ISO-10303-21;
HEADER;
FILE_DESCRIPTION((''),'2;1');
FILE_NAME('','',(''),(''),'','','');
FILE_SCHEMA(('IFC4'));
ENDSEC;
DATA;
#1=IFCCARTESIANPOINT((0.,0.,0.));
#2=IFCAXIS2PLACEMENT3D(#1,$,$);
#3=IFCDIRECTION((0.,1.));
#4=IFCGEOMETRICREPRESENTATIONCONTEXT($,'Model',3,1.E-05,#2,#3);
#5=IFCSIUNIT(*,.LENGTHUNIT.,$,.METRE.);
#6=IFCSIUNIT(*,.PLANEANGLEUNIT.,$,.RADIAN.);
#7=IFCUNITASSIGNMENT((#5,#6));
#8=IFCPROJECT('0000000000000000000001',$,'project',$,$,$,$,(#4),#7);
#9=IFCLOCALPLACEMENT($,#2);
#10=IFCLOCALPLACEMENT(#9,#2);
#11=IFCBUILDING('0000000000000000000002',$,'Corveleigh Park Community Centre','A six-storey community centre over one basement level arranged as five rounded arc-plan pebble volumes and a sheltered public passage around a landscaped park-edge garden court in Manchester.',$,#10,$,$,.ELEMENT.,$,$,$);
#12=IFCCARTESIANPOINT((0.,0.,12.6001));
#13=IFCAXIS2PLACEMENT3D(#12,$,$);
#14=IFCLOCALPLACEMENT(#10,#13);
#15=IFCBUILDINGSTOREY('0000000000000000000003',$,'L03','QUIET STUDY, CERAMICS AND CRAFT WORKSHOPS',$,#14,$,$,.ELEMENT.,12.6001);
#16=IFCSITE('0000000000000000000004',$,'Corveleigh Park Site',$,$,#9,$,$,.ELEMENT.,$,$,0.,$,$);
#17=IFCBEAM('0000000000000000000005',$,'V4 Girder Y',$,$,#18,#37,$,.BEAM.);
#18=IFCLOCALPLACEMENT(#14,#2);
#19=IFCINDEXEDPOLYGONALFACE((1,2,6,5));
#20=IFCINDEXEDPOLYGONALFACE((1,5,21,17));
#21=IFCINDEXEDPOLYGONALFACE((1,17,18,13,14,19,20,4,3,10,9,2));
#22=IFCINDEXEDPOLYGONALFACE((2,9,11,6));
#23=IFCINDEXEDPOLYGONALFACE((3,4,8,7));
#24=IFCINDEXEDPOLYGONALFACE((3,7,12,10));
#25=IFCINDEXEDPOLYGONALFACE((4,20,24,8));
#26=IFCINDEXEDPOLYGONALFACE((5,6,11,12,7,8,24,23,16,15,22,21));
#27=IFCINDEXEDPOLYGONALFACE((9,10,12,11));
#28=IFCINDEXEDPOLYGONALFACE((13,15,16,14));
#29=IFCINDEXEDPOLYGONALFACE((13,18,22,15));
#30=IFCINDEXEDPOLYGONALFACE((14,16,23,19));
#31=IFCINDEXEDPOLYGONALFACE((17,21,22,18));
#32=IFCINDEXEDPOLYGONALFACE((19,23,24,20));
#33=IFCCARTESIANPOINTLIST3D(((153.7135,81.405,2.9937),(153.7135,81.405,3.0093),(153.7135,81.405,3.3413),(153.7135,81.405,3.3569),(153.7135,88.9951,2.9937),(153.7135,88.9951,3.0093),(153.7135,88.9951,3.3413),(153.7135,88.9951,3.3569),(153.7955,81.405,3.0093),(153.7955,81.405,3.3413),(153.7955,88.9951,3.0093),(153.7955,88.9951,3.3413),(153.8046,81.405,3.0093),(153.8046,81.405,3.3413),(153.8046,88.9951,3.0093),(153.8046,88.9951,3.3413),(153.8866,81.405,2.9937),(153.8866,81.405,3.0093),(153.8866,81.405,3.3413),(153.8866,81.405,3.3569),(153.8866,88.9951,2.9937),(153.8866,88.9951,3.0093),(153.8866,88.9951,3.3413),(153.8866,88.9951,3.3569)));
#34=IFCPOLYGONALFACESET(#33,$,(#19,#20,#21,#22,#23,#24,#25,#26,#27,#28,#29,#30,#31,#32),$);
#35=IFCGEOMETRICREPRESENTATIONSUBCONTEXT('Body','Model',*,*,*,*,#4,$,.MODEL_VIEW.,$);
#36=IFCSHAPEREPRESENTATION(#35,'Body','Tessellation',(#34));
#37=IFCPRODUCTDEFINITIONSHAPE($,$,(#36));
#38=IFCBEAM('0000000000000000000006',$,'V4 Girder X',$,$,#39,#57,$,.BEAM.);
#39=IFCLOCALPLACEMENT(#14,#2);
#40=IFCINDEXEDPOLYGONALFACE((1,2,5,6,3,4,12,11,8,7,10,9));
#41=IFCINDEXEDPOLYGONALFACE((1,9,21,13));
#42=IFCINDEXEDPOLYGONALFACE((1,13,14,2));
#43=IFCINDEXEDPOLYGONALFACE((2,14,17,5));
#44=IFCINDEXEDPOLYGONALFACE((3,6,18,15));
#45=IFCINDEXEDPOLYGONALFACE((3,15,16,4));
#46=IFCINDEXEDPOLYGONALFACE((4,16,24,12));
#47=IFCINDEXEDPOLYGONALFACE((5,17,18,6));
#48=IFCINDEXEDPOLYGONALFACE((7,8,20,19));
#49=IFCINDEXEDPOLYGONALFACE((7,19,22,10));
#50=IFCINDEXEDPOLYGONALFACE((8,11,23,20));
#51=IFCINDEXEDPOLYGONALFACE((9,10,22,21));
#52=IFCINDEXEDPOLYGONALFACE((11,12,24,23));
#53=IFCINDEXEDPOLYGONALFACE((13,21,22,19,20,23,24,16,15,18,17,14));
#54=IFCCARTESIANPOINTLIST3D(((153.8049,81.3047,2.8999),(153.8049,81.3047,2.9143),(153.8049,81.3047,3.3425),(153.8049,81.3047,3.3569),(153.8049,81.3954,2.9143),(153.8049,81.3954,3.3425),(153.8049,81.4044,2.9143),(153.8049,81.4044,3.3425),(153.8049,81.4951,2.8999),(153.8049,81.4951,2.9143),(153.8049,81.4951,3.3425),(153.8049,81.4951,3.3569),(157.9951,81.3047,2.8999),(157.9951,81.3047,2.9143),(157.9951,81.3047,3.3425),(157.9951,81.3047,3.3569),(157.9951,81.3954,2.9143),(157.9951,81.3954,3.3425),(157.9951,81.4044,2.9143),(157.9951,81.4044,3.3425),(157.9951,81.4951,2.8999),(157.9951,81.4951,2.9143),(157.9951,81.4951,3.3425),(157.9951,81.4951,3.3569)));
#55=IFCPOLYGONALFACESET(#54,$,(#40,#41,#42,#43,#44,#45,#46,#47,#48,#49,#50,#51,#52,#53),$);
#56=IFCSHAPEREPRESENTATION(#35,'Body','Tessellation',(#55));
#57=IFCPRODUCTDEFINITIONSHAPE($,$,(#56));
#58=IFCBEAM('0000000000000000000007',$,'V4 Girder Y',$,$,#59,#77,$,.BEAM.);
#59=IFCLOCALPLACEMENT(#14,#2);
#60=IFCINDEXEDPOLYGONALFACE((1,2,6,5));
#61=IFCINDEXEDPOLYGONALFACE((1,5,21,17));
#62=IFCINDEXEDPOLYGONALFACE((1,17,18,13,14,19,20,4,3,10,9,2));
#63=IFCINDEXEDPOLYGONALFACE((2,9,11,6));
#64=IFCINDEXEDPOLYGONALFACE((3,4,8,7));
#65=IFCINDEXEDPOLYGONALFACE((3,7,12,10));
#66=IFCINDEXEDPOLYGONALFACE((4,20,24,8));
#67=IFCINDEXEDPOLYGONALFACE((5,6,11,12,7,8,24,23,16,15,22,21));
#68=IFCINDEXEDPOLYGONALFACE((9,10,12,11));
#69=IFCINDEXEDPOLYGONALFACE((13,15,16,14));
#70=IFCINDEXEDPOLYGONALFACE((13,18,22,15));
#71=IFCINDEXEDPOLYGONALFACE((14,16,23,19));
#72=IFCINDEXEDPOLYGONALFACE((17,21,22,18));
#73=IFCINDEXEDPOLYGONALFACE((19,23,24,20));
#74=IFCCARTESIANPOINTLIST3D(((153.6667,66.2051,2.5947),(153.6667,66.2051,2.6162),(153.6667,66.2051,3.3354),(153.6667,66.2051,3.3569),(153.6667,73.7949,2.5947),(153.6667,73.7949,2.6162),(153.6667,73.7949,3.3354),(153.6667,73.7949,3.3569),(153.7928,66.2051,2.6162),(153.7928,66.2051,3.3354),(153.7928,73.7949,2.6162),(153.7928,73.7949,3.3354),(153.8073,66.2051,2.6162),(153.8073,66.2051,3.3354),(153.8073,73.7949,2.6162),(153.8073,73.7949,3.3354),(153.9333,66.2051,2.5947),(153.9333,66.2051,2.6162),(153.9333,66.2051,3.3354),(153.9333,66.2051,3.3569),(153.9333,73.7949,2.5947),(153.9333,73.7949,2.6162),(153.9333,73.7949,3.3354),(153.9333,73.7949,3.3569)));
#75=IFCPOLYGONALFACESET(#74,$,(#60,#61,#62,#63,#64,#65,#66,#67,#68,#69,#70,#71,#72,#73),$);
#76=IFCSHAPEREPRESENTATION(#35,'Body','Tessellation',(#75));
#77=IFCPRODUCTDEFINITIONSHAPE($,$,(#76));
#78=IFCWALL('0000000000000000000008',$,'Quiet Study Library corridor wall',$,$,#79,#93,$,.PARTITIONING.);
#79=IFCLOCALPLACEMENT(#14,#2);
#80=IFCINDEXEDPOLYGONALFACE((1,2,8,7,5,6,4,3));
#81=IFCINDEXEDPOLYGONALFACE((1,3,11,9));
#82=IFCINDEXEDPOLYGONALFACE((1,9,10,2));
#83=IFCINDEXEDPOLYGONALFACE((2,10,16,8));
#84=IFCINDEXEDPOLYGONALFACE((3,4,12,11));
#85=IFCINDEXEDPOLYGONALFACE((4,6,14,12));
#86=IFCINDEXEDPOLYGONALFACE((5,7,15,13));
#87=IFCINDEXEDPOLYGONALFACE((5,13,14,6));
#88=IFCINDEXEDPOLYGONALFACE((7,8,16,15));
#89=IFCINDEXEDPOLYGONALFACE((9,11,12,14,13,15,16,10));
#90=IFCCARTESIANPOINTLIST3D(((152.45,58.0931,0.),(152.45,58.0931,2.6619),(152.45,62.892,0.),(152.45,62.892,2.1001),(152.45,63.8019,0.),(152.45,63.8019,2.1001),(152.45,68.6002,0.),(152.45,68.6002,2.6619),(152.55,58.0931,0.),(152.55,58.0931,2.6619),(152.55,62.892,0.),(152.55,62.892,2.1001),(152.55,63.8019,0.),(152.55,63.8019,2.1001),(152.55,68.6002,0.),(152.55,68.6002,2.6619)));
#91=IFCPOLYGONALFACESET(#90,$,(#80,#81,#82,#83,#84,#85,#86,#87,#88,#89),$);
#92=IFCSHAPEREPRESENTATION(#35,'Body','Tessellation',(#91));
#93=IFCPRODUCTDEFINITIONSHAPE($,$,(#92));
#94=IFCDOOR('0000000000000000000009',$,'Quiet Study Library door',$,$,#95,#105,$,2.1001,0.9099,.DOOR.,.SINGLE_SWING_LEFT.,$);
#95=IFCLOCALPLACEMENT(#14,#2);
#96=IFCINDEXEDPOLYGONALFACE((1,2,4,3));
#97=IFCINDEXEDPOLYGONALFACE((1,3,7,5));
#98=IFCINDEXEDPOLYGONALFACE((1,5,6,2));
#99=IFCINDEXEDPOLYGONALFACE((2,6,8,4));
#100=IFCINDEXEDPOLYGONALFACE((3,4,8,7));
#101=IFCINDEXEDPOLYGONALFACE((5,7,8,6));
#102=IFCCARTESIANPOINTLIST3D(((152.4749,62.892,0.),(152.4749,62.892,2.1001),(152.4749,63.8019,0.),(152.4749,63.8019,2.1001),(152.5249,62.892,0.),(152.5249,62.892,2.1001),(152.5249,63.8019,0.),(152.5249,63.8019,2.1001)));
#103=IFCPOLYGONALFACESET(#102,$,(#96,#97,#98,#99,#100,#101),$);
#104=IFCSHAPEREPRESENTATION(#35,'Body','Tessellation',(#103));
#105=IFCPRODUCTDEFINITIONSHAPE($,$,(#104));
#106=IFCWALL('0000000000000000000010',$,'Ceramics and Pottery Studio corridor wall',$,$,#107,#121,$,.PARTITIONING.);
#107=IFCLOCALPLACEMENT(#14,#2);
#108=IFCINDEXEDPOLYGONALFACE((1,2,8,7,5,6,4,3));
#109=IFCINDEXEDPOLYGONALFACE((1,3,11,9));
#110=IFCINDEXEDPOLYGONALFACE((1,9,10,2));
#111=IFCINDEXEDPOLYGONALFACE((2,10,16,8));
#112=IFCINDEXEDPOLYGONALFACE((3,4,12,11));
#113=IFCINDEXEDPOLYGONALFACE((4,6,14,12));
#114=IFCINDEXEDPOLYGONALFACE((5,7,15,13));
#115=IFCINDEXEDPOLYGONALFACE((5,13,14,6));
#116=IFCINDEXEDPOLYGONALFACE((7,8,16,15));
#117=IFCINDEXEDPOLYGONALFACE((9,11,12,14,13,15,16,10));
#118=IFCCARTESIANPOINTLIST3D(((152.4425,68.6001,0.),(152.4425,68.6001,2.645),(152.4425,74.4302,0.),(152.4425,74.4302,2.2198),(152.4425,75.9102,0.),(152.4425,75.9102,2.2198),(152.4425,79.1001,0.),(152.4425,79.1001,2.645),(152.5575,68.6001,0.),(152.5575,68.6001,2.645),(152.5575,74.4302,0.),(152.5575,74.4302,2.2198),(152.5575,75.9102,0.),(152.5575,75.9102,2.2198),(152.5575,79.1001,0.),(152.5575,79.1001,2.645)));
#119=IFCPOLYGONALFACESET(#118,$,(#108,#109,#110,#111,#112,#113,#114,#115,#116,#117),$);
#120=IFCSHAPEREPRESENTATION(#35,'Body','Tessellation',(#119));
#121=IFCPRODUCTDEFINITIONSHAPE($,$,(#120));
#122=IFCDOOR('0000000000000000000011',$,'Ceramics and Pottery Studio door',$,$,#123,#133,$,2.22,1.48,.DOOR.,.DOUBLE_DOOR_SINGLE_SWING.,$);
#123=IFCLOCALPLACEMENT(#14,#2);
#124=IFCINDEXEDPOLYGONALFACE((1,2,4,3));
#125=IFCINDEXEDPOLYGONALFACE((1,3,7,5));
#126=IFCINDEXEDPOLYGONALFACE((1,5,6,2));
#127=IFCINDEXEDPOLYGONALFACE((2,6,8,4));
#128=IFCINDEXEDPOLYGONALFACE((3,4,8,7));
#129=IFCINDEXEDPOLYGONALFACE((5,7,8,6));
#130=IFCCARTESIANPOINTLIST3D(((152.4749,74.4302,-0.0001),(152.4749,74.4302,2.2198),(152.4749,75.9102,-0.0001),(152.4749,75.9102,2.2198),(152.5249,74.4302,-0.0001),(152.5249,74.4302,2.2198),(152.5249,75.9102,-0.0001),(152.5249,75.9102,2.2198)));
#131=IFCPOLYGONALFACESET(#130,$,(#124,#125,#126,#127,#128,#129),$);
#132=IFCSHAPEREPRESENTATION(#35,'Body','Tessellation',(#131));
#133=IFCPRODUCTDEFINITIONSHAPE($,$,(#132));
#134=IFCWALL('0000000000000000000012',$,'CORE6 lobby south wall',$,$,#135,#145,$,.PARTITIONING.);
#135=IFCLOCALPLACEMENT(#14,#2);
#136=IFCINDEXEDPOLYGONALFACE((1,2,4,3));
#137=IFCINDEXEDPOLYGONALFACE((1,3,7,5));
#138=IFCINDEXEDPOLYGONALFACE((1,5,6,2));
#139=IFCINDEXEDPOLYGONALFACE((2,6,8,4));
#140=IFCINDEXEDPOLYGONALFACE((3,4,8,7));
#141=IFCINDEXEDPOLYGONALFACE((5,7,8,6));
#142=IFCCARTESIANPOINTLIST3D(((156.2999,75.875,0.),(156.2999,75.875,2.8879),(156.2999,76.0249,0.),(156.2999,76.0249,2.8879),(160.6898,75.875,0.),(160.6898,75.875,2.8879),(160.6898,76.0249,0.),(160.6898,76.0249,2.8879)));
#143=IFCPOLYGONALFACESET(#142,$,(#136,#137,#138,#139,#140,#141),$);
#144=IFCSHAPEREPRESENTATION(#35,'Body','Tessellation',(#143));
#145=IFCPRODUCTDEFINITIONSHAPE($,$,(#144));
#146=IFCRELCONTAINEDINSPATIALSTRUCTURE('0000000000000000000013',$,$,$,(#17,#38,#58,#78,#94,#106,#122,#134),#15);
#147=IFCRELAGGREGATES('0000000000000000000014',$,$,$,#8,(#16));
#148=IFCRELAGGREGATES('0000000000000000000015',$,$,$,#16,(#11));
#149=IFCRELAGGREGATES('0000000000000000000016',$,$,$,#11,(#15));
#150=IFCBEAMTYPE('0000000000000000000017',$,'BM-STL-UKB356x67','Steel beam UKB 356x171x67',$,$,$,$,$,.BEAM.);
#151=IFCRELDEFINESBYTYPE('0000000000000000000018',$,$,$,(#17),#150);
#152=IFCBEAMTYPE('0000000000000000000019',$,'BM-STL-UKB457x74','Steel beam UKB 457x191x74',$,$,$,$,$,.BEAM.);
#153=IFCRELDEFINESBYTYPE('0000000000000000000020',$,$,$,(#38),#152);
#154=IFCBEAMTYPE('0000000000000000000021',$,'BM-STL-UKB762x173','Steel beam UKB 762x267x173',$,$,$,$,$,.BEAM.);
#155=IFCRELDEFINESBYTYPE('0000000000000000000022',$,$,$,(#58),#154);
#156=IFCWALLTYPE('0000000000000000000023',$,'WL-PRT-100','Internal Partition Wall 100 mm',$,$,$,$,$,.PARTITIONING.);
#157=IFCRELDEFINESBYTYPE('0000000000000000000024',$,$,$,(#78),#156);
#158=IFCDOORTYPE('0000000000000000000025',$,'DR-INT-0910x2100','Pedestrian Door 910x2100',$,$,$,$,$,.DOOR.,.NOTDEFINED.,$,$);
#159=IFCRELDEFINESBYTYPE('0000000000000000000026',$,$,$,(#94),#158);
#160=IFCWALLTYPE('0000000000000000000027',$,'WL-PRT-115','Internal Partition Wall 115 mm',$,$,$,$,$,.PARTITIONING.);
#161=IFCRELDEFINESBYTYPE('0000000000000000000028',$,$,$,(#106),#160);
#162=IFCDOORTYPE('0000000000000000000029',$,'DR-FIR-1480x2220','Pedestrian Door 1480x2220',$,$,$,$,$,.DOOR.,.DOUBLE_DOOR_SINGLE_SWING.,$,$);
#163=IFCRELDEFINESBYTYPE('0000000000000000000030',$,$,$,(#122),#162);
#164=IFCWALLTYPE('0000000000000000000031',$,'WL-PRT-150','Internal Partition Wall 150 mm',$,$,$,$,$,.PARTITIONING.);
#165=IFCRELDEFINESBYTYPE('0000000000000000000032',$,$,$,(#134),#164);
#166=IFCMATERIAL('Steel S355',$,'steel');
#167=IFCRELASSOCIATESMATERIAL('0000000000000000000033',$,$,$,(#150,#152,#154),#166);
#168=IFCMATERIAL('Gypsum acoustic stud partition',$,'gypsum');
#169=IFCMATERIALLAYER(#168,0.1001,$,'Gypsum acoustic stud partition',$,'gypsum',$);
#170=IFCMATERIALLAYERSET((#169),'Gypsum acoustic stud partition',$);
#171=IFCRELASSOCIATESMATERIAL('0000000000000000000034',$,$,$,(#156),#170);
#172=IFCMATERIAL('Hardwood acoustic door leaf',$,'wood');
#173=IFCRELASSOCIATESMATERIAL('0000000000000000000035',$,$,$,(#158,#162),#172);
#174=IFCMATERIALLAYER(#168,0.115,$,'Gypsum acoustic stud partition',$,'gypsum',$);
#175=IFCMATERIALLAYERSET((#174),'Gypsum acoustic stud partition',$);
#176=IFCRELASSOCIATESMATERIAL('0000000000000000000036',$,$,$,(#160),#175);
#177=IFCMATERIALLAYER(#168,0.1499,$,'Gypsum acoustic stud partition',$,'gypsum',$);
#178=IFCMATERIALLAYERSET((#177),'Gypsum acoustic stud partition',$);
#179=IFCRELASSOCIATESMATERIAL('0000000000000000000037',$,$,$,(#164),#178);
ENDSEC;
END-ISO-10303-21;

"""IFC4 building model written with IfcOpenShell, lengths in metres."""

from ifc_helpers import new_model, si_unit, direction, frame, frame_2d, origin, origin_2d, place, context, subcontext, project, spatial, rectangle, i_section, extrude, material, layer, layer_set, material_profile, profile_set, type_object, element, fill, save


model = new_model("IFC4")

# Units and contexts
model_context = context("Model", 3, precision=1e-05, world=origin(), true_north=direction((0.0, 1.0)))
body_context = subcontext(model_context, "Body", "Model", "MODEL_VIEW")
ifc_project = project(units=[si_unit("LENGTHUNIT", "METRE"), si_unit("PLANEANGLEUNIT", "RADIAN")], contexts=[model_context])

# Site, building, storey
site_placement = place(None, origin())
site = spatial("IfcSite", under=ifc_project, at=site_placement, Name="Corveleigh Park Site", CompositionType="ELEMENT", RefElevation=0.0)
building_placement = place(site_placement, origin())
building = spatial("IfcBuilding", under=site, at=building_placement, Name="Corveleigh Park Community Centre", Description="A six-storey community centre over one basement level arranged as five rounded arc-plan pebble volumes and a sheltered public passage around a landscaped park-edge garden court in Manchester.", CompositionType="ELEMENT")
storey_placement = place(building_placement, frame((0.0, 0.0, 12.6001)))
storey = spatial("IfcBuildingStorey", under=building, at=storey_placement, Name="L03", Description="QUIET STUDY, CERAMICS AND CRAFT WORKSHOPS", CompositionType="ELEMENT", Elevation=12.6001)

# Shared definitions
ifc_material_1 = material(Name="Steel S355", Category="steel")

# Beams
ifc_material_profile_1 = material_profile(ifc_material_1, i_section(OverallWidth=0.1731, OverallDepth=0.3633, WebThickness=0.009, FlangeThickness=0.0156, at=origin_2d()), Name="UKB 356x171x67", Category="steel")
ifc_profile_set_1 = profile_set([ifc_material_profile_1], Name="Steel S355")
beam_type_1 = type_object("IfcBeamType", Name="BM-STL-UKB356x67", Description="Steel beam UKB 356x171x67", PredefinedType="BEAM", material=ifc_profile_set_1)
beam_1_placement = place(storey_placement, frame((153.8, 81.405, 3.1753), z_axis=(0.0, 1.0, 0.0), x_axis=(-1.0, 0.0, 0.0)))
element("IfcBeam", 1, at=beam_1_placement, inside=storey, type_object=beam_type_1, Name="V4 Girder Y", PredefinedType="BEAM", context=body_context, shape_type="SweptSolid", body=[
    extrude(i_section(OverallWidth=0.1731, OverallDepth=0.3633, WebThickness=0.009, FlangeThickness=0.0156, at=origin_2d()), origin(), (0.0, 0.0, 1.0), 7.5901),
])
ifc_material_profile_2 = material_profile(ifc_material_1, i_section(OverallWidth=0.1904, OverallDepth=0.457, WebThickness=0.009, FlangeThickness=0.0144, at=origin_2d()), Name="UKB 457x191x74", Category="steel")
ifc_profile_set_2 = profile_set([ifc_material_profile_2], Name="Steel S355")
beam_type_2 = type_object("IfcBeamType", Name="BM-STL-UKB457x74", Description="Steel beam UKB 457x191x74", PredefinedType="BEAM", material=ifc_profile_set_2)
beam_2_placement = place(storey_placement, frame((153.8049, 81.3999, 3.1284), z_axis=(1.0, 0.0, 0.0), x_axis=(0.0, 1.0, 0.0)))
element("IfcBeam", 2, at=beam_2_placement, inside=storey, type_object=beam_type_2, Name="V4 Girder X", PredefinedType="BEAM", context=body_context, shape_type="SweptSolid", body=[
    extrude(i_section(OverallWidth=0.1904, OverallDepth=0.457, WebThickness=0.009, FlangeThickness=0.0144, at=origin_2d()), origin(), (0.0, 0.0, 1.0), 4.1902),
])
ifc_material_profile_3 = material_profile(ifc_material_1, i_section(OverallWidth=0.2666, OverallDepth=0.7622, WebThickness=0.0144, FlangeThickness=0.0215, at=origin_2d()), Name="UKB 762x267x173", Category="steel")
ifc_profile_set_3 = profile_set([ifc_material_profile_3], Name="Steel S355")
beam_type_3 = type_object("IfcBeamType", Name="BM-STL-UKB762x173", Description="Steel beam UKB 762x267x173", PredefinedType="BEAM", material=ifc_profile_set_3)
beam_3_placement = place(storey_placement, frame((153.8, 66.2051, 2.9758), z_axis=(0.0, 1.0, 0.0), x_axis=(-1.0, 0.0, 0.0)))
element("IfcBeam", 3, at=beam_3_placement, inside=storey, type_object=beam_type_3, Name="V4 Girder Y", PredefinedType="BEAM", context=body_context, shape_type="SweptSolid", body=[
    extrude(i_section(OverallWidth=0.2666, OverallDepth=0.7622, WebThickness=0.0144, FlangeThickness=0.0215, at=origin_2d()), origin(), (0.0, 0.0, 1.0), 7.5898),
])

# Walls, openings, doors
ifc_material_2 = material(Name="Gypsum acoustic stud partition", Category="gypsum")
ifc_layer_1 = layer(ifc_material_2, 0.1001, Name="Gypsum acoustic stud partition", Category="gypsum")
ifc_layer_set_1 = layer_set([ifc_layer_1], Name="Gypsum acoustic stud partition")
wall_type_1 = type_object("IfcWallType", Name="WL-PRT-100", Description="Internal Partition Wall 100 mm", PredefinedType="PARTITIONING", material=ifc_layer_set_1)
wall_1_placement = place(storey_placement, frame((152.5, 68.6001, 0.0), z_axis=(0.0, 0.0, 1.0), x_axis=(0.0, -1.0, 0.0)))
wall_1 = element("IfcWall", 4, at=wall_1_placement, inside=storey, type_object=wall_type_1, Name="Quiet Study Library corridor wall", PredefinedType="PARTITIONING", context=body_context, shape_type="SweptSolid", body=[
    extrude(rectangle(XDim=10.5071, YDim=0.1001, at=frame_2d((5.2534, 0.0))), origin(), (0.0, 0.0, 1.0), 2.6619),
])
opening_1_placement = place(wall_1_placement, frame((4.7981, 0.0, 0.0)))
opening_1 = element("IfcOpeningElement", 5, at=opening_1_placement, cuts=wall_1, PredefinedType="OPENING", context=body_context, shape_type="SweptSolid", body=[
    extrude(rectangle(XDim=0.9099, YDim=2.1001, at=frame_2d((0.4551, 1.05))), frame((0.0, 0.0601, 0.0), z_axis=(0.0, -1.0, 0.0), x_axis=(1.0, 0.0, 0.0)), (0.0, 0.0, 1.0), 0.1201),
])
ifc_material_3 = material(Name="Hardwood acoustic door leaf", Category="wood")
door_type_1 = type_object("IfcDoorType", Name="DR-INT-0910x2100", Description="Pedestrian Door 910x2100", OperationType="NOTDEFINED", PredefinedType="DOOR", material=ifc_material_3)
door_1_placement = place(opening_1_placement, origin())
door_1 = element("IfcDoor", 6, at=door_1_placement, inside=storey, type_object=door_type_1, Name="Quiet Study Library door", OperationType="SINGLE_SWING_LEFT", OverallHeight=2.1001, OverallWidth=0.9099, PredefinedType="DOOR", context=body_context, shape_type="SweptSolid", body=[
    extrude(rectangle(XDim=0.9099, YDim=2.1001, at=frame_2d((0.4551, 1.05))), frame((0.0, 0.0249, 0.0), z_axis=(0.0, -1.0, 0.0), x_axis=(1.0, 0.0, 0.0)), (0.0, 0.0, 1.0), 0.05),
])
fill(opening_1, door_1)
ifc_layer_2 = layer(ifc_material_2, 0.115, Name="Gypsum acoustic stud partition", Category="gypsum")
ifc_layer_set_2 = layer_set([ifc_layer_2], Name="Gypsum acoustic stud partition")
wall_type_2 = type_object("IfcWallType", Name="WL-PRT-115", Description="Internal Partition Wall 115 mm", PredefinedType="PARTITIONING", material=ifc_layer_set_2)
wall_2_placement = place(storey_placement, frame((152.5, 79.1001, 0.0), z_axis=(0.0, 0.0, 1.0), x_axis=(0.0, -1.0, 0.0)))
wall_2 = element("IfcWall", 7, at=wall_2_placement, inside=storey, type_object=wall_type_2, Name="Ceramics and Pottery Studio corridor wall", PredefinedType="PARTITIONING", context=body_context, shape_type="SweptSolid", body=[
    extrude(rectangle(XDim=10.5, YDim=0.115, at=frame_2d((5.25, 0.0))), origin(), (0.0, 0.0, 1.0), 2.645),
])
opening_2_placement = place(wall_2_placement, frame((3.1899, 0.0, 0.0)))
opening_2 = element("IfcOpeningElement", 8, at=opening_2_placement, cuts=wall_2, PredefinedType="OPENING", context=body_context, shape_type="SweptSolid", body=[
    extrude(rectangle(XDim=1.48, YDim=2.22, at=frame_2d((0.74, 1.1099))), frame((0.0, 0.0674, 0.0), z_axis=(0.0, -1.0, 0.0), x_axis=(1.0, 0.0, 0.0)), (0.0, 0.0, 1.0), 0.135),
])
door_type_2 = type_object("IfcDoorType", Name="DR-FIR-1480x2220", Description="Pedestrian Door 1480x2220", OperationType="DOUBLE_DOOR_SINGLE_SWING", PredefinedType="DOOR", material=ifc_material_3)
door_2_placement = place(opening_2_placement, origin())
door_2 = element("IfcDoor", 9, at=door_2_placement, inside=storey, type_object=door_type_2, Name="Ceramics and Pottery Studio door", OperationType="DOUBLE_DOOR_SINGLE_SWING", OverallHeight=2.22, OverallWidth=1.48, PredefinedType="DOOR", context=body_context, shape_type="SweptSolid", body=[
    extrude(rectangle(XDim=1.48, YDim=2.22, at=frame_2d((0.74, 1.1099))), frame((0.0, 0.0249, 0.0), z_axis=(0.0, -1.0, 0.0), x_axis=(1.0, 0.0, 0.0)), (0.0, 0.0, 1.0), 0.05),
])
fill(opening_2, door_2)

# Wall
ifc_layer_3 = layer(ifc_material_2, 0.1499, Name="Gypsum acoustic stud partition", Category="gypsum")
ifc_layer_set_3 = layer_set([ifc_layer_3], Name="Gypsum acoustic stud partition")
wall_type_3 = type_object("IfcWallType", Name="WL-PRT-150", Description="Internal Partition Wall 150 mm", PredefinedType="PARTITIONING", material=ifc_layer_set_3)
wall_3_placement = place(storey_placement, frame((156.3, 75.95, 0.0), z_axis=(0.0, 0.0, 1.0), x_axis=(1.0, 0.0, 0.0)))
element("IfcWall", 10, at=wall_3_placement, inside=storey, type_object=wall_type_3, Name="CORE6 lobby south wall", PredefinedType="PARTITIONING", context=body_context, shape_type="SweptSolid", body=[
    extrude(rectangle(XDim=4.3899, YDim=0.1499, at=frame_2d((2.1948, 0.0))), origin(), (0.0, 0.0, 1.0), 2.8879),
])

save(model, "model.ifc")
